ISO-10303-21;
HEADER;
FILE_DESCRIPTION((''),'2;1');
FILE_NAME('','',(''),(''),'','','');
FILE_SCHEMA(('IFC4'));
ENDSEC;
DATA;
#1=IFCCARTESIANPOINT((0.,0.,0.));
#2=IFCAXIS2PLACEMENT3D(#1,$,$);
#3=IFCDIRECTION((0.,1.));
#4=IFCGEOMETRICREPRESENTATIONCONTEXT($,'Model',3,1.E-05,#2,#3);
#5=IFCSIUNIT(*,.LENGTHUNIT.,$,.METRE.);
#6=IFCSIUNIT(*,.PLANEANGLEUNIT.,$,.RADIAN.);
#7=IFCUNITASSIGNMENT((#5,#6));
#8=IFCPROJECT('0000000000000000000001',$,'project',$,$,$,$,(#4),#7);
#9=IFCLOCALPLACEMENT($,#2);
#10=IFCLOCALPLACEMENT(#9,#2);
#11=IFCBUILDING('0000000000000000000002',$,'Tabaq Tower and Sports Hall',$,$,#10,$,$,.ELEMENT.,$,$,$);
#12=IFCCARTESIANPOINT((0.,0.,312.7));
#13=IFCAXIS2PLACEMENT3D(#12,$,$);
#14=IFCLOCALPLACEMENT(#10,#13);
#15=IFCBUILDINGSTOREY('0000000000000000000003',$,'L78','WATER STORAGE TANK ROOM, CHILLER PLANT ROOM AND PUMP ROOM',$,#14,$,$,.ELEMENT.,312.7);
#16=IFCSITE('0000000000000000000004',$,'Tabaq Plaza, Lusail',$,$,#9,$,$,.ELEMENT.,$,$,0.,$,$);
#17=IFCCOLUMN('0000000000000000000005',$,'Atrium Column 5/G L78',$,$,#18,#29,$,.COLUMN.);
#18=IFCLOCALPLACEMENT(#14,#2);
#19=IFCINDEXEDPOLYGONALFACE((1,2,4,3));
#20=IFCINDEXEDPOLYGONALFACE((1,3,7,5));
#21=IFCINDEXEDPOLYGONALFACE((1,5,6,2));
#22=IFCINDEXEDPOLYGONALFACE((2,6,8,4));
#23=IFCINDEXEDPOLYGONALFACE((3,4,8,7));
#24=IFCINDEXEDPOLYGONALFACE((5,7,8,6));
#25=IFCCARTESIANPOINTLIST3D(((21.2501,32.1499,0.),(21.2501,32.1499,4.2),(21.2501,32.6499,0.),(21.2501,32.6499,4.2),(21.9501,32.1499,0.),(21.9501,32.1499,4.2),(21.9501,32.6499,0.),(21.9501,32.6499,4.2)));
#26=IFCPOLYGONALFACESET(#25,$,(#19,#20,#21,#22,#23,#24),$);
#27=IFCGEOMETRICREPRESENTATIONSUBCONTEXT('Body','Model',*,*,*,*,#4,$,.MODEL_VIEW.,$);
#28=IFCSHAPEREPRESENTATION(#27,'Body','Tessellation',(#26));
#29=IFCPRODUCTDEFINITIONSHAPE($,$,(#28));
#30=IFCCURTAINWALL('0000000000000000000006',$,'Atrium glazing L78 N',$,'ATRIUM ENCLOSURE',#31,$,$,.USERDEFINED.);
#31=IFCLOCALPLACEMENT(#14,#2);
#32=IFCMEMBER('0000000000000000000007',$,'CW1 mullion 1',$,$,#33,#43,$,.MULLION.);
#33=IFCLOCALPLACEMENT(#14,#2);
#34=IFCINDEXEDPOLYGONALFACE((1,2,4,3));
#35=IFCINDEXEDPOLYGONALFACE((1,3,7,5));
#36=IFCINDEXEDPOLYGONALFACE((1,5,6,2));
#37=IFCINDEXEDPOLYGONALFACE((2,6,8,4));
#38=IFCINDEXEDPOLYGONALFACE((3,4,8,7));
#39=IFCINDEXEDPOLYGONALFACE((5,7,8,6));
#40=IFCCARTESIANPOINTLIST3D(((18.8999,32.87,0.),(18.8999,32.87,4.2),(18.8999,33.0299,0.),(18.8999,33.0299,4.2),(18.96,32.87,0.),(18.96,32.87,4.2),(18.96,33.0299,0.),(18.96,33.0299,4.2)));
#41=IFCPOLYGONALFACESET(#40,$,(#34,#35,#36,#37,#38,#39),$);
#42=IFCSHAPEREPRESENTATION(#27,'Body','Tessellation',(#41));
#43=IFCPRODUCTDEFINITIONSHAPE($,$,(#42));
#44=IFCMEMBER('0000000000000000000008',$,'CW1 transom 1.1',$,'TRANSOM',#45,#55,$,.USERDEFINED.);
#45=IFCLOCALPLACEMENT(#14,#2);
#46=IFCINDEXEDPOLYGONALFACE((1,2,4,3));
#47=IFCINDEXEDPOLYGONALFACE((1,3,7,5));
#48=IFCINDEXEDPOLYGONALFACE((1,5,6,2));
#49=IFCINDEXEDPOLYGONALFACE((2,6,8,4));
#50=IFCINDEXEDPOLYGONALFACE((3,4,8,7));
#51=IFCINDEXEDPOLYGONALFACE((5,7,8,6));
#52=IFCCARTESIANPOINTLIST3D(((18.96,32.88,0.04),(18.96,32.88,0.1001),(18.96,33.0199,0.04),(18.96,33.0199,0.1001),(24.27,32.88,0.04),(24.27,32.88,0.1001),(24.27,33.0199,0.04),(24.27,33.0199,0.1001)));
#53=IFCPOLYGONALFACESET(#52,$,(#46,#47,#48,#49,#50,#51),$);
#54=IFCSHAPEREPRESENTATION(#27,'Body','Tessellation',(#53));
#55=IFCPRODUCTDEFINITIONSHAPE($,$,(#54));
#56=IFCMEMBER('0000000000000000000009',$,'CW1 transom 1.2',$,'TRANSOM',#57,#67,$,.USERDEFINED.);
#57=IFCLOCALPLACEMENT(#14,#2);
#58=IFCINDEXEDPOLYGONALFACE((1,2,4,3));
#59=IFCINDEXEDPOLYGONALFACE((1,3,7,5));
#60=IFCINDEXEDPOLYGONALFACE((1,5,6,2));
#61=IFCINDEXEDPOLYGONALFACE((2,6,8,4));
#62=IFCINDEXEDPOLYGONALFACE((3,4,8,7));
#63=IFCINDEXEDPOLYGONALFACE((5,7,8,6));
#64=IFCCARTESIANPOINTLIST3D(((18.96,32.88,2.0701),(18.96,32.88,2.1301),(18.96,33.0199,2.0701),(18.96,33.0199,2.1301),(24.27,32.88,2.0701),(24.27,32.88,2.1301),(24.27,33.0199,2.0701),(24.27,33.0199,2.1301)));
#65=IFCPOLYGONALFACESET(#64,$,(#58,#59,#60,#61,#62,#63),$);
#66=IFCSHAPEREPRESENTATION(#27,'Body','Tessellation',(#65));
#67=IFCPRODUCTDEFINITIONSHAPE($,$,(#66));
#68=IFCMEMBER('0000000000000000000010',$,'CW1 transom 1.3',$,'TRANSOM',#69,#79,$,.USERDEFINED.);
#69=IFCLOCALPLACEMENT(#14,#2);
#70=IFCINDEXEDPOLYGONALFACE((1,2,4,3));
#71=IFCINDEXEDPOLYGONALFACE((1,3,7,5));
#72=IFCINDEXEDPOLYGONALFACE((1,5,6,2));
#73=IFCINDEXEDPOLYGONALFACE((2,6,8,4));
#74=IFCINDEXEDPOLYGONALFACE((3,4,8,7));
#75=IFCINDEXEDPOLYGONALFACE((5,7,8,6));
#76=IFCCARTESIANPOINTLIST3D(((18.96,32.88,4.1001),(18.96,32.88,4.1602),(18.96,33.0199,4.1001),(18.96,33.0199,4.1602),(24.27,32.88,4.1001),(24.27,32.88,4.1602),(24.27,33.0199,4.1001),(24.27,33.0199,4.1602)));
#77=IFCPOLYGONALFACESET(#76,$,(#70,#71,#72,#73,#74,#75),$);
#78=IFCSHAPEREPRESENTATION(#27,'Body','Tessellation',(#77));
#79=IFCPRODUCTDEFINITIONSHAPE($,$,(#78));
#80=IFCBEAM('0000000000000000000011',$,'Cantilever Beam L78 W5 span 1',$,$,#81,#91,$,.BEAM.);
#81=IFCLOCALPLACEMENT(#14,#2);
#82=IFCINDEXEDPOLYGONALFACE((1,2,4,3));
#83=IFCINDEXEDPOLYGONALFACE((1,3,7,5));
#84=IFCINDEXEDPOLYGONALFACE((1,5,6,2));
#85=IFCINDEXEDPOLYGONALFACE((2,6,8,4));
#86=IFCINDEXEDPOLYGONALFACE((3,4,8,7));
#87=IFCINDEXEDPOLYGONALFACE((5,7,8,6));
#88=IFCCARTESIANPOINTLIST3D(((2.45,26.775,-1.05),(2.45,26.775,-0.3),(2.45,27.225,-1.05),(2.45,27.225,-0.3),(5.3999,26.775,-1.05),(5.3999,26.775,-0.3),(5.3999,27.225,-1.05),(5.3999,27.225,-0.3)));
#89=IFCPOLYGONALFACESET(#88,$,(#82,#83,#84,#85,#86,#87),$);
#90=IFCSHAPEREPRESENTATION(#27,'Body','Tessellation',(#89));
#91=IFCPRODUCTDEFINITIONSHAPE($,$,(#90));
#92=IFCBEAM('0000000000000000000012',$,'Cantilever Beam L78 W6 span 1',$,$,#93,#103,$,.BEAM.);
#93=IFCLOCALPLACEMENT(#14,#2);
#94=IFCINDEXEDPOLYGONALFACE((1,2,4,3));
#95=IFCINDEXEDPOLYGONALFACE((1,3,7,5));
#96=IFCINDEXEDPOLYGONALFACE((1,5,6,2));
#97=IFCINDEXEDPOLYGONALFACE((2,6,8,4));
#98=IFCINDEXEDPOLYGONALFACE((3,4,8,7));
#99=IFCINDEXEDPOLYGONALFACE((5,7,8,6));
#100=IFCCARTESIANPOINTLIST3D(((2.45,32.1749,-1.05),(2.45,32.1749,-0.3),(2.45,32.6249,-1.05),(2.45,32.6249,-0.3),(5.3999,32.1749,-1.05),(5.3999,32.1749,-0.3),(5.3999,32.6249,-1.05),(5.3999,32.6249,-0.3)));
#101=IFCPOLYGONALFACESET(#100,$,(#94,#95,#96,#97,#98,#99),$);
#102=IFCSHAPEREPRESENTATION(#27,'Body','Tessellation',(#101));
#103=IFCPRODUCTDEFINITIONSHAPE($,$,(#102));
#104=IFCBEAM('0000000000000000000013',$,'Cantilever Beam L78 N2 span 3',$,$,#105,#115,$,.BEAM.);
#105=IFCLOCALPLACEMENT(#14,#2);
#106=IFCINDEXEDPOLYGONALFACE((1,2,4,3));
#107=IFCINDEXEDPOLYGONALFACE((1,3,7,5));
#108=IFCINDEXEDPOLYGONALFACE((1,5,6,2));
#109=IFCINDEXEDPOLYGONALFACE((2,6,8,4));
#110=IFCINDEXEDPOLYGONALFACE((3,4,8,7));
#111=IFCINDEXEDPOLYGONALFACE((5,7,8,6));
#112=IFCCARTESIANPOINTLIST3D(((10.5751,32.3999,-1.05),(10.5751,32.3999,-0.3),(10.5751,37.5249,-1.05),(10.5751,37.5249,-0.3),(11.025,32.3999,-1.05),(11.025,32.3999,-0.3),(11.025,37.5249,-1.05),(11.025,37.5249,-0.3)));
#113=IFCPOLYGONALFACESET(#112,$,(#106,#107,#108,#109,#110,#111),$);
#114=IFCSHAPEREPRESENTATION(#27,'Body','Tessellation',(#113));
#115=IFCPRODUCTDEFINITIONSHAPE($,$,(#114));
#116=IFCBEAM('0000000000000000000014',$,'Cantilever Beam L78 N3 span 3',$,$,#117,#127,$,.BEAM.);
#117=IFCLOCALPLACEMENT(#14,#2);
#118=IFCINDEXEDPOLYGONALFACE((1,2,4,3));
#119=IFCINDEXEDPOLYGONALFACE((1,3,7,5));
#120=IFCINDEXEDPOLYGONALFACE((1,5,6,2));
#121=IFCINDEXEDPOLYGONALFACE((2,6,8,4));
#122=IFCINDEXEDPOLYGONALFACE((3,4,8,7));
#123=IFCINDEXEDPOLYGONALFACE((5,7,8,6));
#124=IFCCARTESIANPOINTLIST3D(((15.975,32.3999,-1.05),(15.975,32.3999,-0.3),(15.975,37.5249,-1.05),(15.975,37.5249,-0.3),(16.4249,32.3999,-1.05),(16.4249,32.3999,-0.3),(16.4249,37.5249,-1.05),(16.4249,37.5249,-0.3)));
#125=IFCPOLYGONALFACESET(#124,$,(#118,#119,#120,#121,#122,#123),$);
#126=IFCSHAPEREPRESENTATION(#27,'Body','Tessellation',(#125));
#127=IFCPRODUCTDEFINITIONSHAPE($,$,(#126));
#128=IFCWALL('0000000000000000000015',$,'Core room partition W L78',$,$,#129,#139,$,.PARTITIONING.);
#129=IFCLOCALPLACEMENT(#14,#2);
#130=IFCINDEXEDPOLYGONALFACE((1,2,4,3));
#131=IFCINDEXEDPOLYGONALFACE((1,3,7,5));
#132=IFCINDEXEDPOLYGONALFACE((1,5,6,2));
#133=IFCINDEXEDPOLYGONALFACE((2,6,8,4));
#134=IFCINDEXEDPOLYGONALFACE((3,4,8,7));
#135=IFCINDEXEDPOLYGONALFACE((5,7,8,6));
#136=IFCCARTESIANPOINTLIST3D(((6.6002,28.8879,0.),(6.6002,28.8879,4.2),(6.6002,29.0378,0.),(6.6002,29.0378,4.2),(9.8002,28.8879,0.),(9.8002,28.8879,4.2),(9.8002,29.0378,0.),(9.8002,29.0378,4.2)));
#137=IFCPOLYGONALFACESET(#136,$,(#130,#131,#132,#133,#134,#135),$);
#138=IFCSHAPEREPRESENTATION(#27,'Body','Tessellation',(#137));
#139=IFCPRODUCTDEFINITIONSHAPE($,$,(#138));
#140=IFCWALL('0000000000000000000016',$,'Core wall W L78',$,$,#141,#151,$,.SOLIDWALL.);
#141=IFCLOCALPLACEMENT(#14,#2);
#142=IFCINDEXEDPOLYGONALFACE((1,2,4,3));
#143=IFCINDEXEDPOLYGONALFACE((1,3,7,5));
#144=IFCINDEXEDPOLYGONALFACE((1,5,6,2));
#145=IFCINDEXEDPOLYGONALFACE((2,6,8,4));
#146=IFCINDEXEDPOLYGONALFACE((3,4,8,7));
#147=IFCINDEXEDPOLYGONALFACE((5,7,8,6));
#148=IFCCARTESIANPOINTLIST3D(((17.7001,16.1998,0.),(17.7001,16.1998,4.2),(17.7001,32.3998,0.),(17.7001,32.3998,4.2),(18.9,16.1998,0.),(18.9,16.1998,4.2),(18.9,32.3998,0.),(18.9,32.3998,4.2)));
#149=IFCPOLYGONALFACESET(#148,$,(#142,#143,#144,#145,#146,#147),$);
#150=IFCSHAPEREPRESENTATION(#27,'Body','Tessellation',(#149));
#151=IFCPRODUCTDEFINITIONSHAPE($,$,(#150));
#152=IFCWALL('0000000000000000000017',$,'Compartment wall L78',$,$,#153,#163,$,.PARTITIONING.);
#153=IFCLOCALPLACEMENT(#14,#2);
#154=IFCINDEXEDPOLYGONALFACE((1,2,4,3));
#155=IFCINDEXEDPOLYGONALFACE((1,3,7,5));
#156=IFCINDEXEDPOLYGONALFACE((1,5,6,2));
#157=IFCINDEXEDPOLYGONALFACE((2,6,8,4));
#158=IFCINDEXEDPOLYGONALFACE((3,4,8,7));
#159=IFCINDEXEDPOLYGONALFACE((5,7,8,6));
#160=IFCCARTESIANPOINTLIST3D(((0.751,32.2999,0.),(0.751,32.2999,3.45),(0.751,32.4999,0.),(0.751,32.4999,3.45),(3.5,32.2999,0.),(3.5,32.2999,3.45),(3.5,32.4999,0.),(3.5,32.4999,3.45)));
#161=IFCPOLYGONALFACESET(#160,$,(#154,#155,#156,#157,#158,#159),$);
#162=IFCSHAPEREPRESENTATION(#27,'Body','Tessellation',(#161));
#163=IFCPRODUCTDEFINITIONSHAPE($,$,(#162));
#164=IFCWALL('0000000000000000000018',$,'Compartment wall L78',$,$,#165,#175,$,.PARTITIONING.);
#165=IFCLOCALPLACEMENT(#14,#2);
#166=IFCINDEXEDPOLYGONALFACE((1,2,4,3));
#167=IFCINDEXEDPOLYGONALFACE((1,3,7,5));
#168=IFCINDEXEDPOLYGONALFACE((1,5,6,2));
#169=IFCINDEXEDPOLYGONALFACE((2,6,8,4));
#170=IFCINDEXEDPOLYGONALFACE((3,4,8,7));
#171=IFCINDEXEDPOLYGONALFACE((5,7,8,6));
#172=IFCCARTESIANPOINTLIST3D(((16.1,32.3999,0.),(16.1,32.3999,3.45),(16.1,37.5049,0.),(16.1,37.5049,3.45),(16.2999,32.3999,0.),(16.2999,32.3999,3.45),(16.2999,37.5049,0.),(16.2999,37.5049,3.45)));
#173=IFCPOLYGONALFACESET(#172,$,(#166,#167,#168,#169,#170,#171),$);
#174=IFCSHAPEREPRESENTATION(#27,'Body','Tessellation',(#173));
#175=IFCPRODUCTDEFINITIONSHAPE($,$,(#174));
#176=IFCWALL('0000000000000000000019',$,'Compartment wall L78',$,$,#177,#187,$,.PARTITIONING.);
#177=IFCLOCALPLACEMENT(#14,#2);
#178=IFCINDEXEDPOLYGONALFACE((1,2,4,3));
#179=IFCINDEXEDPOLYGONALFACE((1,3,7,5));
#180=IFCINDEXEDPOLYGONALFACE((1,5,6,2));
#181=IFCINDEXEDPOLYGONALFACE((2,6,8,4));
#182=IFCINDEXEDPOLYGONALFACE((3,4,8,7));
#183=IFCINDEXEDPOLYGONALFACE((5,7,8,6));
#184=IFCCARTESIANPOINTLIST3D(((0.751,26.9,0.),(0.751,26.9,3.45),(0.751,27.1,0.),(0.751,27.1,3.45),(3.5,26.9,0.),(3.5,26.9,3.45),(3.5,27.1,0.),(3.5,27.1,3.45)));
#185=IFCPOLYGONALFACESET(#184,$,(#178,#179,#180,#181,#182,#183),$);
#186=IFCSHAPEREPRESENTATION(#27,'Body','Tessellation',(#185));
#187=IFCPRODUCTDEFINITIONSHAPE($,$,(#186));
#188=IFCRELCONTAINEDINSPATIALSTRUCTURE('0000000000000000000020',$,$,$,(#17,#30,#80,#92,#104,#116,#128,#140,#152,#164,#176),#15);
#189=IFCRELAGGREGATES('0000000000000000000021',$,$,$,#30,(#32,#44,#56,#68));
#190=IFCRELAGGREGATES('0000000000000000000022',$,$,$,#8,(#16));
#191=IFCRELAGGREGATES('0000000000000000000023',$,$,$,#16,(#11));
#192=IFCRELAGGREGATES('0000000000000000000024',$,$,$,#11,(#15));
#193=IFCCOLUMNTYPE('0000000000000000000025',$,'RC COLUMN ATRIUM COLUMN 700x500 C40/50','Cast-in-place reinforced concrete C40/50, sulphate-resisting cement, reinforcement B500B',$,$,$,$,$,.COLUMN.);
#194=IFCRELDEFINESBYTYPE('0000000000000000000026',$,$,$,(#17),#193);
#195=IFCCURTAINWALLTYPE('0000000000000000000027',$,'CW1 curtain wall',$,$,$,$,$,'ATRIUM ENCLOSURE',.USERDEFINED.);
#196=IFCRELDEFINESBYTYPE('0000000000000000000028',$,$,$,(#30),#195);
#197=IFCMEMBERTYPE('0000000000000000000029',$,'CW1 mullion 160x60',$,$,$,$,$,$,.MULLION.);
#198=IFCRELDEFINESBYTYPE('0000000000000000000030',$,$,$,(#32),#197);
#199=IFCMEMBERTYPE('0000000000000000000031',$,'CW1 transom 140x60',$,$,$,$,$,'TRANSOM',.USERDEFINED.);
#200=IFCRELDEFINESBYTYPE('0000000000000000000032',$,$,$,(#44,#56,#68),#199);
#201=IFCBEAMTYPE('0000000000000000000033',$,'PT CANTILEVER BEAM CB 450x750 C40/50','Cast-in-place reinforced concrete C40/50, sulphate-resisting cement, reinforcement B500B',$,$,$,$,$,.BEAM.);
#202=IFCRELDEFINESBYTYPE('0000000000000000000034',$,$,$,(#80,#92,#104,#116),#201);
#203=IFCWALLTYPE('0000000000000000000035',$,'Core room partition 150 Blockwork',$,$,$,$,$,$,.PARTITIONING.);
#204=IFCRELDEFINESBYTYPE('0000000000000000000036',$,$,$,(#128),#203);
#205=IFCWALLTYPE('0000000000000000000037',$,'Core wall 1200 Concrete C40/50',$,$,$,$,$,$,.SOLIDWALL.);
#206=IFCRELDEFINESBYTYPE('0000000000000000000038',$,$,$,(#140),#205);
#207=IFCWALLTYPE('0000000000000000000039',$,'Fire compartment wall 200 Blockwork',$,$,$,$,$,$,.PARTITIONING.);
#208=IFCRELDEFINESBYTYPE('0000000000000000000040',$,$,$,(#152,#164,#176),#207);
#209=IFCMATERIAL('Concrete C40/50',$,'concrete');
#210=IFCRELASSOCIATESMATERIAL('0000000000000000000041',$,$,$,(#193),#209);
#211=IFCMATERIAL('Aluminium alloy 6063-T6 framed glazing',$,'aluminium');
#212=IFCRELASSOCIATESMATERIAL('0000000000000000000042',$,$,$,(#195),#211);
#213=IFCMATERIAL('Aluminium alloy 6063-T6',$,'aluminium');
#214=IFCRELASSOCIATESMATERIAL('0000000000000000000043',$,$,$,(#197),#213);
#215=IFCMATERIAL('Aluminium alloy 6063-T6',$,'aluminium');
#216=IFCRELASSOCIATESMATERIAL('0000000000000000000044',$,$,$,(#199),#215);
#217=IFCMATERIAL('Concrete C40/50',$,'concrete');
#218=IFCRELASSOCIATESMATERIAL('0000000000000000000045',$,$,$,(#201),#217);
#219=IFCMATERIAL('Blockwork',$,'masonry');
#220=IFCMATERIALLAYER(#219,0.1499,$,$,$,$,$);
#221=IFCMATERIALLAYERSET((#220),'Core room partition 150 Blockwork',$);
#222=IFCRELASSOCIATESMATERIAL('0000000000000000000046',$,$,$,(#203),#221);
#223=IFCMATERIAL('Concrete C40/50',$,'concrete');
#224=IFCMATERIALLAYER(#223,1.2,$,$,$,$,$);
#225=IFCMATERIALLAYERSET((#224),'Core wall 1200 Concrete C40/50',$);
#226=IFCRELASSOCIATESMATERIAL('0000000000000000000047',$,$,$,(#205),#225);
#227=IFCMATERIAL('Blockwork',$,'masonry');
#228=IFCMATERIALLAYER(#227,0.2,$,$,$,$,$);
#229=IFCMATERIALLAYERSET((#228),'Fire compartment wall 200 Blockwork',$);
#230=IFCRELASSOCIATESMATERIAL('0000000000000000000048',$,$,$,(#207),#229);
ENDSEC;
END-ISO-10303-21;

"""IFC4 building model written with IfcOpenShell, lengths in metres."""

from ifc_helpers import new_model, si_unit, direction, frame, frame_2d, origin, origin_2d, place, context, subcontext, project, spatial, rectangle, extrude, material, layer, layer_set, material_profile, profile_set, type_object, element, aggregate, save


model = new_model("IFC4")

# Units and contexts
model_context = context("Model", 3, precision=1e-05, world=origin(), true_north=direction((0.0, 1.0)))
body_context = subcontext(model_context, "Body", "Model", "MODEL_VIEW")
ifc_project = project(units=[si_unit("LENGTHUNIT", "METRE"), si_unit("PLANEANGLEUNIT", "RADIAN")], contexts=[model_context])

# Site, building, storey
site_placement = place(None, origin())
site = spatial("IfcSite", under=ifc_project, at=site_placement, Name="Tabaq Plaza, Lusail", CompositionType="ELEMENT", RefElevation=0.0)
building_placement = place(site_placement, origin())
building = spatial("IfcBuilding", under=site, at=building_placement, Name="Tabaq Tower and Sports Hall", CompositionType="ELEMENT")
storey_placement = place(building_placement, frame((0.0, 0.0, 312.7)))
storey = spatial("IfcBuildingStorey", under=building, at=storey_placement, Name="L78", Description="WATER STORAGE TANK ROOM, CHILLER PLANT ROOM AND PUMP ROOM", CompositionType="ELEMENT", Elevation=312.7)

# Column
ifc_material_1 = material(Name="Concrete C40/50", Category="concrete")
ifc_material_profile_1 = material_profile(ifc_material_1, rectangle(XDim=0.7, YDim=0.5, at=origin_2d()), Name="ATRIUM COLUMN 700x500")
ifc_profile_set_1 = profile_set([ifc_material_profile_1], Name="Concrete C40/50")
column_type = type_object("IfcColumnType", Name="RC COLUMN ATRIUM COLUMN 700x500 C40/50", Description="Cast-in-place reinforced concrete C40/50, sulphate-resisting cement, reinforcement B500B", PredefinedType="COLUMN", material=ifc_profile_set_1)
column_placement = place(storey_placement, frame((21.6001, 32.3999, 0.0), z_axis=(0.0, 0.0, 1.0), x_axis=(1.0, 0.0, 0.0)))
element("IfcColumn", 1, at=column_placement, inside=storey, type_object=column_type, Name="Atrium Column 5/G L78", PredefinedType="COLUMN", context=body_context, shape_type="SweptSolid", body=[
    extrude(rectangle(XDim=0.7, YDim=0.5, at=origin_2d()), origin(), (0.0, 0.0, 1.0), 4.2),
])

# Curtain wall, members
ifc_material_2 = material(Name="Aluminium alloy 6063-T6 framed glazing", Category="aluminium")
curtain_wall_type = type_object("IfcCurtainWallType", Name="CW1 curtain wall", ElementType="ATRIUM ENCLOSURE", PredefinedType="USERDEFINED", material=ifc_material_2)
curtain_wall_placement = place(storey_placement, origin())
curtain_wall = element("IfcCurtainWall", 2, at=curtain_wall_placement, inside=storey, type_object=curtain_wall_type, Name="Atrium glazing L78 N", ObjectType="ATRIUM ENCLOSURE", PredefinedType="USERDEFINED")
ifc_material_3 = material(Name="Aluminium alloy 6063-T6", Category="aluminium")
ifc_material_profile_2 = material_profile(ifc_material_3, rectangle(XDim=0.1599, YDim=0.0601, at=origin_2d()), Name="MULLION 160x60")
ifc_profile_set_2 = profile_set([ifc_material_profile_2], Name="Aluminium alloy 6063-T6")
member_type_1 = type_object("IfcMemberType", Name="CW1 mullion 160x60", PredefinedType="MULLION", material=ifc_profile_set_2)
member_1_placement = place(storey_placement, frame((18.9299, 32.95, 0.0), z_axis=(0.0, 0.0, 1.0), x_axis=(0.0, 1.0, 0.0)))
member_1 = element("IfcMember", 3, at=member_1_placement, type_object=member_type_1, Name="CW1 mullion 1", PredefinedType="MULLION", context=body_context, shape_type="SweptSolid", body=[
    extrude(rectangle(XDim=0.1599, YDim=0.0601, at=origin_2d()), origin(), (0.0, 0.0, 1.0), 4.2),
])
ifc_material_4 = material(Name="Aluminium alloy 6063-T6", Category="aluminium")
ifc_material_profile_3 = material_profile(ifc_material_4, rectangle(XDim=0.1399, YDim=0.0601, at=origin_2d()), Name="TRANSOM 140x60")
ifc_profile_set_3 = profile_set([ifc_material_profile_3], Name="Aluminium alloy 6063-T6")
member_type_2 = type_object("IfcMemberType", Name="CW1 transom 140x60", ElementType="TRANSOM", PredefinedType="USERDEFINED", material=ifc_profile_set_3)
member_2_placement = place(storey_placement, frame((18.96, 32.95, 0.0701), z_axis=(1.0, 0.0, 0.0), x_axis=(0.0, 1.0, 0.0)))
member_2 = element("IfcMember", 4, at=member_2_placement, type_object=member_type_2, Name="CW1 transom 1.1", ObjectType="TRANSOM", PredefinedType="USERDEFINED", context=body_context, shape_type="SweptSolid", body=[
    extrude(rectangle(XDim=0.1399, YDim=0.0601, at=origin_2d()), origin(), (0.0, 0.0, 1.0), 5.3101),
])
member_3_placement = place(storey_placement, frame((18.96, 32.95, 2.1001), z_axis=(1.0, 0.0, 0.0), x_axis=(0.0, 1.0, 0.0)))
member_3 = element("IfcMember", 5, at=member_3_placement, type_object=member_type_2, Name="CW1 transom 1.2", ObjectType="TRANSOM", PredefinedType="USERDEFINED", context=body_context, shape_type="SweptSolid", body=[
    extrude(rectangle(XDim=0.1399, YDim=0.0601, at=origin_2d()), origin(), (0.0, 0.0, 1.0), 5.3101),
])
member_4_placement = place(storey_placement, frame((18.96, 32.95, 4.1301), z_axis=(1.0, 0.0, 0.0), x_axis=(0.0, 1.0, 0.0)))
member_4 = element("IfcMember", 6, at=member_4_placement, type_object=member_type_2, Name="CW1 transom 1.3", ObjectType="TRANSOM", PredefinedType="USERDEFINED", context=body_context, shape_type="SweptSolid", body=[
    extrude(rectangle(XDim=0.1399, YDim=0.0601, at=origin_2d()), origin(), (0.0, 0.0, 1.0), 5.3101),
])
aggregate(curtain_wall, [member_1, member_2, member_3, member_4])

# Beams
ifc_material_5 = material(Name="Concrete C40/50", Category="concrete")
ifc_material_profile_4 = material_profile(ifc_material_5, rectangle(XDim=0.45, YDim=0.75, at=origin_2d()), Name="CB 450x750")
ifc_profile_set_4 = profile_set([ifc_material_profile_4], Name="Concrete C40/50")
beam_type = type_object("IfcBeamType", Name="PT CANTILEVER BEAM CB 450x750 C40/50", Description="Cast-in-place reinforced concrete C40/50, sulphate-resisting cement, reinforcement B500B", PredefinedType="BEAM", material=ifc_profile_set_4)
for number, where, z_axis, x_axis, name in (
    (7, (2.45, 27.0, -0.675), (1.0, 0.0, 0.0), (0.0, 1.0, 0.0), "Cantilever Beam L78 W5 span 1"),
    (8, (2.45, 32.3999, -0.675), (1.0, 0.0, 0.0), (0.0, 1.0, 0.0), "Cantilever Beam L78 W6 span 1"),
):
    element("IfcBeam", number, at=place(storey_placement, frame(where, z_axis=z_axis, x_axis=x_axis)), inside=storey, type_object=beam_type, Name=name, PredefinedType="BEAM", context=body_context, shape_type="SweptSolid", body=[
        extrude(rectangle(XDim=0.45, YDim=0.75, at=origin_2d()), origin(), (0.0, 0.0, 1.0), 2.95),
    ])
for number, where, z_axis, x_axis, name in (
    (9, (10.8, 37.5249, -0.675), (0.0, -1.0, 0.0), (1.0, 0.0, 0.0), "Cantilever Beam L78 N2 span 3"),
    (10, (16.2, 37.5249, -0.675), (0.0, -1.0, 0.0), (1.0, 0.0, 0.0), "Cantilever Beam L78 N3 span 3"),
):
    element("IfcBeam", number, at=place(storey_placement, frame(where, z_axis=z_axis, x_axis=x_axis)), inside=storey, type_object=beam_type, Name=name, PredefinedType="BEAM", context=body_context, shape_type="SweptSolid", body=[
        extrude(rectangle(XDim=0.45, YDim=0.75, at=origin_2d()), origin(), (0.0, 0.0, 1.0), 5.125),
    ])

# Walls
ifc_material_6 = material(Name="Blockwork", Category="masonry")
ifc_layer_1 = layer(ifc_material_6, 0.1499)
ifc_layer_set_1 = layer_set([ifc_layer_1], Name="Core room partition 150 Blockwork")
wall_type_1 = type_object("IfcWallType", Name="Core room partition 150 Blockwork", PredefinedType="PARTITIONING", material=ifc_layer_set_1)
wall_1_placement = place(storey_placement, frame((6.6001, 28.9629, 0.0), z_axis=(0.0, 0.0, 1.0), x_axis=(1.0, 0.0, 0.0)))
element("IfcWall", 11, at=wall_1_placement, inside=storey, type_object=wall_type_1, Name="Core room partition W L78", PredefinedType="PARTITIONING", context=body_context, shape_type="SweptSolid", body=[
    extrude(rectangle(XDim=3.2, YDim=0.1499, at=frame_2d((1.6001, 0.0))), origin(), (0.0, 0.0, 1.0), 4.2),
])
ifc_material_7 = material(Name="Concrete C40/50", Category="concrete")
ifc_layer_2 = layer(ifc_material_7, 1.2)
ifc_layer_set_2 = layer_set([ifc_layer_2], Name="Core wall 1200 Concrete C40/50")
wall_type_2 = type_object("IfcWallType", Name="Core wall 1200 Concrete C40/50", PredefinedType="SOLIDWALL", material=ifc_layer_set_2)
wall_2_placement = place(storey_placement, frame((18.3, 32.3999, 0.0), z_axis=(0.0, 0.0, 1.0), x_axis=(0.0, -1.0, 0.0)))
element("IfcWall", 12, at=wall_2_placement, inside=storey, type_object=wall_type_2, Name="Core wall W L78", PredefinedType="SOLIDWALL", context=body_context, shape_type="SweptSolid", body=[
    extrude(rectangle(XDim=16.2, YDim=1.2, at=frame_2d((8.1001, 0.0))), origin(), (0.0, 0.0, 1.0), 4.2),
])

# Walls
ifc_material_8 = material(Name="Blockwork", Category="masonry")
ifc_layer_3 = layer(ifc_material_8, 0.2)
ifc_layer_set_3 = layer_set([ifc_layer_3], Name="Fire compartment wall 200 Blockwork")
wall_type_3 = type_object("IfcWallType", Name="Fire compartment wall 200 Blockwork", PredefinedType="PARTITIONING", material=ifc_layer_set_3)
wall_3_placement = place(storey_placement, frame((0.751, 32.3999, 0.0), z_axis=(0.0, 0.0, 1.0), x_axis=(1.0, 0.0, 0.0)))
element("IfcWall", 13, at=wall_3_placement, inside=storey, type_object=wall_type_3, Name="Compartment wall L78", PredefinedType="PARTITIONING", context=body_context, shape_type="SweptSolid", body=[
    extrude(rectangle(XDim=2.749, YDim=0.2, at=frame_2d((1.3745, 0.0))), origin(), (0.0, 0.0, 1.0), 3.45),
])
wall_4_placement = place(storey_placement, frame((16.2, 37.5049, 0.0), z_axis=(0.0, 0.0, 1.0), x_axis=(0.0, -1.0, 0.0)))
element("IfcWall", 14, at=wall_4_placement, inside=storey, type_object=wall_type_3, Name="Compartment wall L78", PredefinedType="PARTITIONING", context=body_context, shape_type="SweptSolid", body=[
    extrude(rectangle(XDim=5.105, YDim=0.2, at=frame_2d((2.5525, 0.0))), origin(), (0.0, 0.0, 1.0), 3.45),
])
wall_5_placement = place(storey_placement, frame((0.751, 27.0, 0.0), z_axis=(0.0, 0.0, 1.0), x_axis=(1.0, 0.0, 0.0)))
element("IfcWall", 15, at=wall_5_placement, inside=storey, type_object=wall_type_3, Name="Compartment wall L78", PredefinedType="PARTITIONING", context=body_context, shape_type="SweptSolid", body=[
    extrude(rectangle(XDim=2.749, YDim=0.2, at=frame_2d((1.3745, 0.0))), origin(), (0.0, 0.0, 1.0), 3.45),
])

save(model, "model.ifc")
